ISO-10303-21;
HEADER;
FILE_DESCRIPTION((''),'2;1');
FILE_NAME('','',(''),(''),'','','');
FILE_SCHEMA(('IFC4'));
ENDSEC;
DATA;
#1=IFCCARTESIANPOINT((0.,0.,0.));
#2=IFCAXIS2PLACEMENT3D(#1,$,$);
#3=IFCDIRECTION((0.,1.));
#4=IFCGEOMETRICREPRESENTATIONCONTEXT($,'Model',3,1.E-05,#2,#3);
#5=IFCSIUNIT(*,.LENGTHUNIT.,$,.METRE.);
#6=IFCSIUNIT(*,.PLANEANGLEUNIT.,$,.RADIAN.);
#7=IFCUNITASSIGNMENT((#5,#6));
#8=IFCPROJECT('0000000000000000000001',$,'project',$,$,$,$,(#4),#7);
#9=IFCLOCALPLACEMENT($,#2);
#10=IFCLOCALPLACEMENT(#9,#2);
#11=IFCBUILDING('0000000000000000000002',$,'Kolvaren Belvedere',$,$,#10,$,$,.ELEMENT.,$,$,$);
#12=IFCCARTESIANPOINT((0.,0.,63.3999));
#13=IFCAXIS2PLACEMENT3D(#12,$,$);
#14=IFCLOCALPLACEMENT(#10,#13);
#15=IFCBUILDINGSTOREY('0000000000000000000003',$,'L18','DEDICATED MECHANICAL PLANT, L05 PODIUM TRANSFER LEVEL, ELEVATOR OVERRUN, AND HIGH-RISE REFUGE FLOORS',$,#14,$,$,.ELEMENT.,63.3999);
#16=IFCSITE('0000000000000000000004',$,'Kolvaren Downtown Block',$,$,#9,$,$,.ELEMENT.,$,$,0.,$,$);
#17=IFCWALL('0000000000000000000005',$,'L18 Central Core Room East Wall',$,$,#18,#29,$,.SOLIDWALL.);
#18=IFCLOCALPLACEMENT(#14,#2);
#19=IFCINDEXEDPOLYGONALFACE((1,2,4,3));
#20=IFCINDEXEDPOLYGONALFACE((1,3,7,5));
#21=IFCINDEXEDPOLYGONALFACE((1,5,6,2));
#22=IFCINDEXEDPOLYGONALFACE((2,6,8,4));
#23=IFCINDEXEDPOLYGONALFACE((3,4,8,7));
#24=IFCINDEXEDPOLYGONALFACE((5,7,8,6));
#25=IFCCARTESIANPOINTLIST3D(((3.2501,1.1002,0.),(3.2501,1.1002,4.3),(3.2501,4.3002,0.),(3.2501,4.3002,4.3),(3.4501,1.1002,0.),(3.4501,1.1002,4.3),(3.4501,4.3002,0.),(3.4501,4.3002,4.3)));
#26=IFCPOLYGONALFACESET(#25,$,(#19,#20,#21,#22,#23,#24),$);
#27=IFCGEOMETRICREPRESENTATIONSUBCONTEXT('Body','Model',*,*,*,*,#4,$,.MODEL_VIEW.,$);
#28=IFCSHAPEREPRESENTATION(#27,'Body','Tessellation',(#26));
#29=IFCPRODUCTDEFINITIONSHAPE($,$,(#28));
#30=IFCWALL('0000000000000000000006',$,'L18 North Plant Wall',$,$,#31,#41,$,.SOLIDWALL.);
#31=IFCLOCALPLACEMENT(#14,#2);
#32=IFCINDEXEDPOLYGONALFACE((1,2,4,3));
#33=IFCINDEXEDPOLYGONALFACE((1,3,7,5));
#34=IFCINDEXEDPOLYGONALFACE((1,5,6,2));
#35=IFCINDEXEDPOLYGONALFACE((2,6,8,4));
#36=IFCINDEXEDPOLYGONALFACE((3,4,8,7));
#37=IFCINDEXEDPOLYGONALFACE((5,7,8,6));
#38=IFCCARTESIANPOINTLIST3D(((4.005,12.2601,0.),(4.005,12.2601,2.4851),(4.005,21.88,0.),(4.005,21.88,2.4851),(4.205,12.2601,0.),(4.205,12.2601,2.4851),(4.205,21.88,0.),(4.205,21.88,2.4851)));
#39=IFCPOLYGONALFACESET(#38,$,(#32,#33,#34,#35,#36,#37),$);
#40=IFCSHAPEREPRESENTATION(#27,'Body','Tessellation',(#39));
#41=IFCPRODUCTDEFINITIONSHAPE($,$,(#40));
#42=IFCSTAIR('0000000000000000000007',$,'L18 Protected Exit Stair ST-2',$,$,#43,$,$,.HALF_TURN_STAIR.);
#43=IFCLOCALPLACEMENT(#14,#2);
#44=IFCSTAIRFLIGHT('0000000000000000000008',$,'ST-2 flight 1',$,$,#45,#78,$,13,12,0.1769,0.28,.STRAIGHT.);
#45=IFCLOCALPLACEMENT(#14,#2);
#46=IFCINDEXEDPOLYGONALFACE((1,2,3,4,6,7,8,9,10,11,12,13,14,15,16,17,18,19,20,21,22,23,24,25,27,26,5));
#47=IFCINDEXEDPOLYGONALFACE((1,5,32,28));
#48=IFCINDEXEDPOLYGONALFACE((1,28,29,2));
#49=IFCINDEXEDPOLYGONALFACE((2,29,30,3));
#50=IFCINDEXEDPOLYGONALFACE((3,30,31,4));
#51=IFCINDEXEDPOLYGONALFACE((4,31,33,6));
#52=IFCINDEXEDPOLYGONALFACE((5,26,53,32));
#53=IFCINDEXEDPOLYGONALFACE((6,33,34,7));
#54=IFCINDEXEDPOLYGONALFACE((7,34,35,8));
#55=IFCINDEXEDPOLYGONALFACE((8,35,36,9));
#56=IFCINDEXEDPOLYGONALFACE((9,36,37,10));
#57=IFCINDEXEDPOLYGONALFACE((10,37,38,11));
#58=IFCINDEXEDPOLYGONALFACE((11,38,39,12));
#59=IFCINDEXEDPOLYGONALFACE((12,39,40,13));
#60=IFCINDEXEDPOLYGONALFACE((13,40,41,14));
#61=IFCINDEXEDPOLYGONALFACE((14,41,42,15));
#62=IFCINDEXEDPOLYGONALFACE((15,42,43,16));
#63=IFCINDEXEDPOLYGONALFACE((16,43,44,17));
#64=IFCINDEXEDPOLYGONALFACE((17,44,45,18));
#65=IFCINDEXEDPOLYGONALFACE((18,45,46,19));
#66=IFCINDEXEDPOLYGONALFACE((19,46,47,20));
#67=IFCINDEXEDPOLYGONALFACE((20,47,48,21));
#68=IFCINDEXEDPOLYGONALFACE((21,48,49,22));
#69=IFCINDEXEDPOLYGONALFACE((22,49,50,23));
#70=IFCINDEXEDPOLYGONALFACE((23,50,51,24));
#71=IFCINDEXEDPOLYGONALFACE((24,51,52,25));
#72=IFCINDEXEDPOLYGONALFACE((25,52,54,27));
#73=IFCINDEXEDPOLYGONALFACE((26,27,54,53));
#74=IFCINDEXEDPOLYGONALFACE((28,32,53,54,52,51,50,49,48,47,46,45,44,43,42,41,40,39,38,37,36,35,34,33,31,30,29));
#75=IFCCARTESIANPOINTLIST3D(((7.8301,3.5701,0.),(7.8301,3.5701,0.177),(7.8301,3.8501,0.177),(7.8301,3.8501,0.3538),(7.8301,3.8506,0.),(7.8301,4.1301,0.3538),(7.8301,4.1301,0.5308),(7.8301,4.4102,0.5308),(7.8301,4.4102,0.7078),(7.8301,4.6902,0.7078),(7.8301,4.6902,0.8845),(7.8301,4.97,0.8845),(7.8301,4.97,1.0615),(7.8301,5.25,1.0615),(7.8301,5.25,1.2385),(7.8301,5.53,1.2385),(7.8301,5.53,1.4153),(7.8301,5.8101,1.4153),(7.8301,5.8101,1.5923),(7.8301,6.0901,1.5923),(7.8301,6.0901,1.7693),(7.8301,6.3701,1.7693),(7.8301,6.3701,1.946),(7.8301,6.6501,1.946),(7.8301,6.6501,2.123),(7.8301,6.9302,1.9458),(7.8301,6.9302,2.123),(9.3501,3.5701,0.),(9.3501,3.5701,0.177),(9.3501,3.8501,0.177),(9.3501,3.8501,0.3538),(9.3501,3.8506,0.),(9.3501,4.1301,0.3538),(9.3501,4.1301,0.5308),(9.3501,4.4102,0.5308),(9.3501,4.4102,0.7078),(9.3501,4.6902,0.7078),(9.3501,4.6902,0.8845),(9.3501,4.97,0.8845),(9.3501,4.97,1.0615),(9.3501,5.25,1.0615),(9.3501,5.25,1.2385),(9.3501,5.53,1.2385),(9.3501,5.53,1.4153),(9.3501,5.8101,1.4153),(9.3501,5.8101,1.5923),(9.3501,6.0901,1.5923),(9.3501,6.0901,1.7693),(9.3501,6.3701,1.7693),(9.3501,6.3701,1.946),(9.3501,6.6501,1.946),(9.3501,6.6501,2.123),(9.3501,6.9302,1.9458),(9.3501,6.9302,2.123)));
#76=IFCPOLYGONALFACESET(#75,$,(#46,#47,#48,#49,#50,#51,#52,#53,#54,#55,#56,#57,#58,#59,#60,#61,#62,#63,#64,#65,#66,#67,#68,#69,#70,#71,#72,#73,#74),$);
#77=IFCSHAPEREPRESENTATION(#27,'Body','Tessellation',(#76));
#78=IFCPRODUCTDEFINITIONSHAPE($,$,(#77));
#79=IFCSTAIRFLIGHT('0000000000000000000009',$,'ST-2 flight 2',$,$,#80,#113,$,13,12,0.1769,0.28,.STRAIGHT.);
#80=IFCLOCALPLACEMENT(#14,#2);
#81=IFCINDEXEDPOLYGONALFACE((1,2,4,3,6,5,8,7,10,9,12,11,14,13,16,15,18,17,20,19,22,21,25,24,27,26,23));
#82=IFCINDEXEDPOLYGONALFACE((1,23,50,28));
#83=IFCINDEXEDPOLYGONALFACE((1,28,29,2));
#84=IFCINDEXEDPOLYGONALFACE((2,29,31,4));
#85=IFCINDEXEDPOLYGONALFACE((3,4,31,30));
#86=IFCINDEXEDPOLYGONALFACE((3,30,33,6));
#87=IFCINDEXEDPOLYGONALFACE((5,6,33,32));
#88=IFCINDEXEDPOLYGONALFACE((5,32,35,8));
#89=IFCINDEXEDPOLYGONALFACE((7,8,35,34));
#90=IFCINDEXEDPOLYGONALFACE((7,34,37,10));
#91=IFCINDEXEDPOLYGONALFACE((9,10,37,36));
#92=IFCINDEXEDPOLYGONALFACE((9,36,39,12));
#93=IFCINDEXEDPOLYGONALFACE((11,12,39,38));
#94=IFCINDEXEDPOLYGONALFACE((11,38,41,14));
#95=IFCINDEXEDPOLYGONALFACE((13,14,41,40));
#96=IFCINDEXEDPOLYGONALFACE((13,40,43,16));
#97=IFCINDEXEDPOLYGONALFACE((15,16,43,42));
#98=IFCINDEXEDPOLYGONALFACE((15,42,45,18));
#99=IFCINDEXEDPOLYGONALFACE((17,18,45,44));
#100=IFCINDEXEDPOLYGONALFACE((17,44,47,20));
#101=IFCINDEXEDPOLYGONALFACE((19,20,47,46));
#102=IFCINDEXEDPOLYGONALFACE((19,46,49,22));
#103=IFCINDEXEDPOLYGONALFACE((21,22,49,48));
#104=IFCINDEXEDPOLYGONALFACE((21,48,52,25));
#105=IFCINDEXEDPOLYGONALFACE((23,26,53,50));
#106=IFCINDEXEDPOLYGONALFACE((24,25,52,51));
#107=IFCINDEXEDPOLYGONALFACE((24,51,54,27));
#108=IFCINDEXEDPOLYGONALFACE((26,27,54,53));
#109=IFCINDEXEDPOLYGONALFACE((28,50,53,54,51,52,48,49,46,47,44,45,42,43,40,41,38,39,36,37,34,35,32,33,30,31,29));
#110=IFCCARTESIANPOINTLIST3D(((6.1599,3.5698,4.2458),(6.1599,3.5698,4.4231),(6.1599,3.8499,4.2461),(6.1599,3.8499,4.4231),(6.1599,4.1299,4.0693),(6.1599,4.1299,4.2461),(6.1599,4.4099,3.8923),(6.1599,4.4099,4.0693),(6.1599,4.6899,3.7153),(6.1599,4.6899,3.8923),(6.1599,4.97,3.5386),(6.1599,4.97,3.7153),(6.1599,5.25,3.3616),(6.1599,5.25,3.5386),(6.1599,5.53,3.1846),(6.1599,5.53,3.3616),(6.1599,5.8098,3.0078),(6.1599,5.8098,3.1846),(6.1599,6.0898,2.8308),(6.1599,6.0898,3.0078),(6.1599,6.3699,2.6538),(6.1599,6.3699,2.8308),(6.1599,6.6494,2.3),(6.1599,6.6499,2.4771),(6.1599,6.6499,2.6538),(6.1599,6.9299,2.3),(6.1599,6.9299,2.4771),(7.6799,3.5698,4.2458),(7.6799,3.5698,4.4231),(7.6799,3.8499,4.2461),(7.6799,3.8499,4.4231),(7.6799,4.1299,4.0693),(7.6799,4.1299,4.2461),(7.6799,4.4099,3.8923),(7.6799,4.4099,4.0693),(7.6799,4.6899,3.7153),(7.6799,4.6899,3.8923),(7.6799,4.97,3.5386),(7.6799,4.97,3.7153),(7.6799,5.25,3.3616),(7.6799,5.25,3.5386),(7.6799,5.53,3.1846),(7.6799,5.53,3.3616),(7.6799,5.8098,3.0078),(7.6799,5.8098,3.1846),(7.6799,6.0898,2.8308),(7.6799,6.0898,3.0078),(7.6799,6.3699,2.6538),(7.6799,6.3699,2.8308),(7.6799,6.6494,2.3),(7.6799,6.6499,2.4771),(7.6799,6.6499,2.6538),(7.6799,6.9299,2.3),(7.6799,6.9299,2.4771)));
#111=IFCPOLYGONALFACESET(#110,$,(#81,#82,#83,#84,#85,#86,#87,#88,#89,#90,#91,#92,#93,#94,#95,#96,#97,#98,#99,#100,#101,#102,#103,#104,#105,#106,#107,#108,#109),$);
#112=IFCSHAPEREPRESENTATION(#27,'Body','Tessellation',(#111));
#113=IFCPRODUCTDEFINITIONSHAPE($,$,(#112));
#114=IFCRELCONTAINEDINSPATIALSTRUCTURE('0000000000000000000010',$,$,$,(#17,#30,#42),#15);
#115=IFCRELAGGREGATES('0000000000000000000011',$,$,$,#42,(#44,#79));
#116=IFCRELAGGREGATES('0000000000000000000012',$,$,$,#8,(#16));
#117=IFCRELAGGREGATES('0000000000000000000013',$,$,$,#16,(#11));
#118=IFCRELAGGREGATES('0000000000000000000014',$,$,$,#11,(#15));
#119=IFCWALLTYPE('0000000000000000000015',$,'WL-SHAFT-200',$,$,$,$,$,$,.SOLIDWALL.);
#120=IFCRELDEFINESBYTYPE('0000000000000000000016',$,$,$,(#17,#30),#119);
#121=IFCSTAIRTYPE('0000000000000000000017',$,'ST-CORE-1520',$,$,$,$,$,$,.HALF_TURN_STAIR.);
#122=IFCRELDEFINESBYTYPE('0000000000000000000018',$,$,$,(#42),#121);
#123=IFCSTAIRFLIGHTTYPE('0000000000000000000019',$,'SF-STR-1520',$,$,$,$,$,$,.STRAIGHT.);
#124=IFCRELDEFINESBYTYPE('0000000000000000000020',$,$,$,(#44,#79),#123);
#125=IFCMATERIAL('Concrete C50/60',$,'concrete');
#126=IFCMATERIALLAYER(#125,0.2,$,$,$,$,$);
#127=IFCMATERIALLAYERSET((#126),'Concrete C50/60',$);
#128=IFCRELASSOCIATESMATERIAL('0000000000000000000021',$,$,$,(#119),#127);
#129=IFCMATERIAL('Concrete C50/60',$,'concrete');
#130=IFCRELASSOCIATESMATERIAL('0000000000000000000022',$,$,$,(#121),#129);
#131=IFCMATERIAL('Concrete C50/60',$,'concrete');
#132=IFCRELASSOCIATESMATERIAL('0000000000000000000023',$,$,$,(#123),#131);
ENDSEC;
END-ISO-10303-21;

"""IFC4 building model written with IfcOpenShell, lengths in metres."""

from ifc_helpers import new_model, si_unit, direction, frame, frame_2d, origin, place, context, subcontext, project, spatial, polyline, rectangle, outline, extrude, material, layer, layer_set, type_object, element, aggregate, save


model = new_model("IFC4")

# Units and contexts
model_context = context("Model", 3, precision=1e-05, world=origin(), true_north=direction((0.0, 1.0)))
body_context = subcontext(model_context, "Body", "Model", "MODEL_VIEW")
ifc_project = project(units=[si_unit("LENGTHUNIT", "METRE"), si_unit("PLANEANGLEUNIT", "RADIAN")], contexts=[model_context])

# Site, building, storey
site_placement = place(None, origin())
site = spatial("IfcSite", under=ifc_project, at=site_placement, Name="Kolvaren Downtown Block", CompositionType="ELEMENT", RefElevation=0.0)
building_placement = place(site_placement, origin())
building = spatial("IfcBuilding", under=site, at=building_placement, Name="Kolvaren Belvedere", CompositionType="ELEMENT")
storey_placement = place(building_placement, frame((0.0, 0.0, 63.3999)))
storey = spatial("IfcBuildingStorey", under=building, at=storey_placement, Name="L18", Description="DEDICATED MECHANICAL PLANT, L05 PODIUM TRANSFER LEVEL, ELEVATOR OVERRUN, AND HIGH-RISE REFUGE FLOORS", CompositionType="ELEMENT", Elevation=63.3999)

# Shared definitions
ifc_material_1 = material(Name="Concrete C50/60", Category="concrete")
ifc_layer_1 = layer(ifc_material_1, 0.2)
ifc_layer_set_1 = layer_set([ifc_layer_1], Name="Concrete C50/60")
wall_type_1 = type_object("IfcWallType", Name="WL-SHAFT-200", PredefinedType="SOLIDWALL", material=ifc_layer_set_1)

# Walls
wall_1_placement = place(storey_placement, frame((3.3501, 1.1001, 0.0), z_axis=(0.0, 0.0, 1.0), x_axis=(0.0, 1.0, 0.0)))
element("IfcWall", 1, at=wall_1_placement, inside=storey, type_object=wall_type_1, Name="L18 Central Core Room East Wall", PredefinedType="SOLIDWALL", context=body_context, shape_type="SweptSolid", body=[
    extrude(rectangle(XDim=3.2, YDim=0.2, at=frame_2d((1.6001, 0.0))), origin(), (0.0, 0.0, 1.0), 4.3),
])
wall_2_placement = place(storey_placement, frame((4.105, 12.26, 0.0), z_axis=(0.0, 0.0, 1.0), x_axis=(0.0, 1.0, 0.0)))
element("IfcWall", 2, at=wall_2_placement, inside=storey, type_object=wall_type_1, Name="L18 North Plant Wall", PredefinedType="SOLIDWALL", context=body_context, shape_type="SweptSolid", body=[
    extrude(rectangle(XDim=9.6199, YDim=0.2, at=frame_2d((4.8101, 0.0))), origin(), (0.0, 0.0, 1.0), 2.4851),
])

# Stair, stair flights
ifc_material_2 = material(Name="Concrete C50/60", Category="concrete")
stair_type = type_object("IfcStairType", Name="ST-CORE-1520", PredefinedType="HALF_TURN_STAIR", material=ifc_material_2)
stair_placement = place(storey_placement, origin())
stair = element("IfcStair", 3, at=stair_placement, inside=storey, type_object=stair_type, Name="L18 Protected Exit Stair ST-2", PredefinedType="HALF_TURN_STAIR")
ifc_material_3 = material(Name="Concrete C50/60", Category="concrete")
stair_flight_type = type_object("IfcStairFlightType", Name="SF-STR-1520", PredefinedType="STRAIGHT", material=ifc_material_3)
stair_flight_1_placement = place(storey_placement, frame((8.5901, 3.5701, 0.0), z_axis=(0.0, 0.0, 1.0), x_axis=(0.0, 1.0, 0.0)))
stair_flight_1 = element("IfcStairFlight", 4, at=stair_flight_1_placement, type_object=stair_flight_type, Name="ST-2 flight 1", NumberOfRisers=13, NumberOfTreads=12, PredefinedType="STRAIGHT", RiserHeight=0.1769, TreadLength=0.28, context=body_context, shape_type="SweptSolid", body=[
    extrude(outline(polyline([(0.0, 0.0), (0.0, 0.177), (0.28, 0.177), (0.28, 0.3538), (0.5601, 0.3538), (0.5601, 0.5308), (0.8401, 0.5308), (0.8401, 0.7078), (1.1201, 0.7078), (1.1201, 0.8845), (1.3999, 0.8845), (1.3999, 1.0615), (1.6799, 1.0615), (1.6799, 1.2385), (1.96, 1.2385), (1.96, 1.4153), (2.24, 1.4153), (2.24, 1.5923), (2.52, 1.5923), (2.52, 1.7693), (2.8, 1.7693), (2.8, 1.946), (3.0801, 1.946), (3.0801, 2.123), (3.3601, 2.123), (3.3601, 2.3), (3.3601, 1.9458), (0.2805, 0.0), (0.0, 0.0)])), frame((0.0, 0.76, 0.0), z_axis=(0.0, -1.0, 0.0), x_axis=(1.0, 0.0, 0.0)), (0.0, 0.0, 1.0), 1.52),
])
stair_flight_2_placement = place(storey_placement, frame((6.9199, 6.9299, 2.3), z_axis=(0.0, 0.0, 1.0), x_axis=(0.0, -1.0, 0.0)))
stair_flight_2 = element("IfcStairFlight", 5, at=stair_flight_2_placement, type_object=stair_flight_type, Name="ST-2 flight 2", NumberOfRisers=13, NumberOfTreads=12, PredefinedType="STRAIGHT", RiserHeight=0.1769, TreadLength=0.28, context=body_context, shape_type="SweptSolid", body=[
    extrude(outline(polyline([(0.0, 0.0), (0.0, 0.177), (0.28, 0.177), (0.28, 0.3538), (0.5601, 0.3538), (0.5601, 0.5308), (0.8401, 0.5308), (0.8401, 0.7078), (1.1201, 0.7078), (1.1201, 0.8845), (1.3999, 0.8845), (1.3999, 1.0615), (1.6799, 1.0615), (1.6799, 1.2385), (1.96, 1.2385), (1.96, 1.4153), (2.24, 1.4153), (2.24, 1.5923), (2.52, 1.5923), (2.52, 1.7693), (2.8, 1.7693), (2.8, 1.946), (3.0801, 1.946), (3.0801, 2.123), (3.3601, 2.123), (3.3601, 2.3), (3.3601, 1.9458), (0.2805, 0.0), (0.0, 0.0)])), frame((0.0, 0.76, 0.0), z_axis=(0.0, -1.0, 0.0), x_axis=(1.0, 0.0, 0.0)), (0.0, 0.0, 1.0), 1.52),
])
aggregate(stair, [stair_flight_1, stair_flight_2])

save(model, "model.ifc")
